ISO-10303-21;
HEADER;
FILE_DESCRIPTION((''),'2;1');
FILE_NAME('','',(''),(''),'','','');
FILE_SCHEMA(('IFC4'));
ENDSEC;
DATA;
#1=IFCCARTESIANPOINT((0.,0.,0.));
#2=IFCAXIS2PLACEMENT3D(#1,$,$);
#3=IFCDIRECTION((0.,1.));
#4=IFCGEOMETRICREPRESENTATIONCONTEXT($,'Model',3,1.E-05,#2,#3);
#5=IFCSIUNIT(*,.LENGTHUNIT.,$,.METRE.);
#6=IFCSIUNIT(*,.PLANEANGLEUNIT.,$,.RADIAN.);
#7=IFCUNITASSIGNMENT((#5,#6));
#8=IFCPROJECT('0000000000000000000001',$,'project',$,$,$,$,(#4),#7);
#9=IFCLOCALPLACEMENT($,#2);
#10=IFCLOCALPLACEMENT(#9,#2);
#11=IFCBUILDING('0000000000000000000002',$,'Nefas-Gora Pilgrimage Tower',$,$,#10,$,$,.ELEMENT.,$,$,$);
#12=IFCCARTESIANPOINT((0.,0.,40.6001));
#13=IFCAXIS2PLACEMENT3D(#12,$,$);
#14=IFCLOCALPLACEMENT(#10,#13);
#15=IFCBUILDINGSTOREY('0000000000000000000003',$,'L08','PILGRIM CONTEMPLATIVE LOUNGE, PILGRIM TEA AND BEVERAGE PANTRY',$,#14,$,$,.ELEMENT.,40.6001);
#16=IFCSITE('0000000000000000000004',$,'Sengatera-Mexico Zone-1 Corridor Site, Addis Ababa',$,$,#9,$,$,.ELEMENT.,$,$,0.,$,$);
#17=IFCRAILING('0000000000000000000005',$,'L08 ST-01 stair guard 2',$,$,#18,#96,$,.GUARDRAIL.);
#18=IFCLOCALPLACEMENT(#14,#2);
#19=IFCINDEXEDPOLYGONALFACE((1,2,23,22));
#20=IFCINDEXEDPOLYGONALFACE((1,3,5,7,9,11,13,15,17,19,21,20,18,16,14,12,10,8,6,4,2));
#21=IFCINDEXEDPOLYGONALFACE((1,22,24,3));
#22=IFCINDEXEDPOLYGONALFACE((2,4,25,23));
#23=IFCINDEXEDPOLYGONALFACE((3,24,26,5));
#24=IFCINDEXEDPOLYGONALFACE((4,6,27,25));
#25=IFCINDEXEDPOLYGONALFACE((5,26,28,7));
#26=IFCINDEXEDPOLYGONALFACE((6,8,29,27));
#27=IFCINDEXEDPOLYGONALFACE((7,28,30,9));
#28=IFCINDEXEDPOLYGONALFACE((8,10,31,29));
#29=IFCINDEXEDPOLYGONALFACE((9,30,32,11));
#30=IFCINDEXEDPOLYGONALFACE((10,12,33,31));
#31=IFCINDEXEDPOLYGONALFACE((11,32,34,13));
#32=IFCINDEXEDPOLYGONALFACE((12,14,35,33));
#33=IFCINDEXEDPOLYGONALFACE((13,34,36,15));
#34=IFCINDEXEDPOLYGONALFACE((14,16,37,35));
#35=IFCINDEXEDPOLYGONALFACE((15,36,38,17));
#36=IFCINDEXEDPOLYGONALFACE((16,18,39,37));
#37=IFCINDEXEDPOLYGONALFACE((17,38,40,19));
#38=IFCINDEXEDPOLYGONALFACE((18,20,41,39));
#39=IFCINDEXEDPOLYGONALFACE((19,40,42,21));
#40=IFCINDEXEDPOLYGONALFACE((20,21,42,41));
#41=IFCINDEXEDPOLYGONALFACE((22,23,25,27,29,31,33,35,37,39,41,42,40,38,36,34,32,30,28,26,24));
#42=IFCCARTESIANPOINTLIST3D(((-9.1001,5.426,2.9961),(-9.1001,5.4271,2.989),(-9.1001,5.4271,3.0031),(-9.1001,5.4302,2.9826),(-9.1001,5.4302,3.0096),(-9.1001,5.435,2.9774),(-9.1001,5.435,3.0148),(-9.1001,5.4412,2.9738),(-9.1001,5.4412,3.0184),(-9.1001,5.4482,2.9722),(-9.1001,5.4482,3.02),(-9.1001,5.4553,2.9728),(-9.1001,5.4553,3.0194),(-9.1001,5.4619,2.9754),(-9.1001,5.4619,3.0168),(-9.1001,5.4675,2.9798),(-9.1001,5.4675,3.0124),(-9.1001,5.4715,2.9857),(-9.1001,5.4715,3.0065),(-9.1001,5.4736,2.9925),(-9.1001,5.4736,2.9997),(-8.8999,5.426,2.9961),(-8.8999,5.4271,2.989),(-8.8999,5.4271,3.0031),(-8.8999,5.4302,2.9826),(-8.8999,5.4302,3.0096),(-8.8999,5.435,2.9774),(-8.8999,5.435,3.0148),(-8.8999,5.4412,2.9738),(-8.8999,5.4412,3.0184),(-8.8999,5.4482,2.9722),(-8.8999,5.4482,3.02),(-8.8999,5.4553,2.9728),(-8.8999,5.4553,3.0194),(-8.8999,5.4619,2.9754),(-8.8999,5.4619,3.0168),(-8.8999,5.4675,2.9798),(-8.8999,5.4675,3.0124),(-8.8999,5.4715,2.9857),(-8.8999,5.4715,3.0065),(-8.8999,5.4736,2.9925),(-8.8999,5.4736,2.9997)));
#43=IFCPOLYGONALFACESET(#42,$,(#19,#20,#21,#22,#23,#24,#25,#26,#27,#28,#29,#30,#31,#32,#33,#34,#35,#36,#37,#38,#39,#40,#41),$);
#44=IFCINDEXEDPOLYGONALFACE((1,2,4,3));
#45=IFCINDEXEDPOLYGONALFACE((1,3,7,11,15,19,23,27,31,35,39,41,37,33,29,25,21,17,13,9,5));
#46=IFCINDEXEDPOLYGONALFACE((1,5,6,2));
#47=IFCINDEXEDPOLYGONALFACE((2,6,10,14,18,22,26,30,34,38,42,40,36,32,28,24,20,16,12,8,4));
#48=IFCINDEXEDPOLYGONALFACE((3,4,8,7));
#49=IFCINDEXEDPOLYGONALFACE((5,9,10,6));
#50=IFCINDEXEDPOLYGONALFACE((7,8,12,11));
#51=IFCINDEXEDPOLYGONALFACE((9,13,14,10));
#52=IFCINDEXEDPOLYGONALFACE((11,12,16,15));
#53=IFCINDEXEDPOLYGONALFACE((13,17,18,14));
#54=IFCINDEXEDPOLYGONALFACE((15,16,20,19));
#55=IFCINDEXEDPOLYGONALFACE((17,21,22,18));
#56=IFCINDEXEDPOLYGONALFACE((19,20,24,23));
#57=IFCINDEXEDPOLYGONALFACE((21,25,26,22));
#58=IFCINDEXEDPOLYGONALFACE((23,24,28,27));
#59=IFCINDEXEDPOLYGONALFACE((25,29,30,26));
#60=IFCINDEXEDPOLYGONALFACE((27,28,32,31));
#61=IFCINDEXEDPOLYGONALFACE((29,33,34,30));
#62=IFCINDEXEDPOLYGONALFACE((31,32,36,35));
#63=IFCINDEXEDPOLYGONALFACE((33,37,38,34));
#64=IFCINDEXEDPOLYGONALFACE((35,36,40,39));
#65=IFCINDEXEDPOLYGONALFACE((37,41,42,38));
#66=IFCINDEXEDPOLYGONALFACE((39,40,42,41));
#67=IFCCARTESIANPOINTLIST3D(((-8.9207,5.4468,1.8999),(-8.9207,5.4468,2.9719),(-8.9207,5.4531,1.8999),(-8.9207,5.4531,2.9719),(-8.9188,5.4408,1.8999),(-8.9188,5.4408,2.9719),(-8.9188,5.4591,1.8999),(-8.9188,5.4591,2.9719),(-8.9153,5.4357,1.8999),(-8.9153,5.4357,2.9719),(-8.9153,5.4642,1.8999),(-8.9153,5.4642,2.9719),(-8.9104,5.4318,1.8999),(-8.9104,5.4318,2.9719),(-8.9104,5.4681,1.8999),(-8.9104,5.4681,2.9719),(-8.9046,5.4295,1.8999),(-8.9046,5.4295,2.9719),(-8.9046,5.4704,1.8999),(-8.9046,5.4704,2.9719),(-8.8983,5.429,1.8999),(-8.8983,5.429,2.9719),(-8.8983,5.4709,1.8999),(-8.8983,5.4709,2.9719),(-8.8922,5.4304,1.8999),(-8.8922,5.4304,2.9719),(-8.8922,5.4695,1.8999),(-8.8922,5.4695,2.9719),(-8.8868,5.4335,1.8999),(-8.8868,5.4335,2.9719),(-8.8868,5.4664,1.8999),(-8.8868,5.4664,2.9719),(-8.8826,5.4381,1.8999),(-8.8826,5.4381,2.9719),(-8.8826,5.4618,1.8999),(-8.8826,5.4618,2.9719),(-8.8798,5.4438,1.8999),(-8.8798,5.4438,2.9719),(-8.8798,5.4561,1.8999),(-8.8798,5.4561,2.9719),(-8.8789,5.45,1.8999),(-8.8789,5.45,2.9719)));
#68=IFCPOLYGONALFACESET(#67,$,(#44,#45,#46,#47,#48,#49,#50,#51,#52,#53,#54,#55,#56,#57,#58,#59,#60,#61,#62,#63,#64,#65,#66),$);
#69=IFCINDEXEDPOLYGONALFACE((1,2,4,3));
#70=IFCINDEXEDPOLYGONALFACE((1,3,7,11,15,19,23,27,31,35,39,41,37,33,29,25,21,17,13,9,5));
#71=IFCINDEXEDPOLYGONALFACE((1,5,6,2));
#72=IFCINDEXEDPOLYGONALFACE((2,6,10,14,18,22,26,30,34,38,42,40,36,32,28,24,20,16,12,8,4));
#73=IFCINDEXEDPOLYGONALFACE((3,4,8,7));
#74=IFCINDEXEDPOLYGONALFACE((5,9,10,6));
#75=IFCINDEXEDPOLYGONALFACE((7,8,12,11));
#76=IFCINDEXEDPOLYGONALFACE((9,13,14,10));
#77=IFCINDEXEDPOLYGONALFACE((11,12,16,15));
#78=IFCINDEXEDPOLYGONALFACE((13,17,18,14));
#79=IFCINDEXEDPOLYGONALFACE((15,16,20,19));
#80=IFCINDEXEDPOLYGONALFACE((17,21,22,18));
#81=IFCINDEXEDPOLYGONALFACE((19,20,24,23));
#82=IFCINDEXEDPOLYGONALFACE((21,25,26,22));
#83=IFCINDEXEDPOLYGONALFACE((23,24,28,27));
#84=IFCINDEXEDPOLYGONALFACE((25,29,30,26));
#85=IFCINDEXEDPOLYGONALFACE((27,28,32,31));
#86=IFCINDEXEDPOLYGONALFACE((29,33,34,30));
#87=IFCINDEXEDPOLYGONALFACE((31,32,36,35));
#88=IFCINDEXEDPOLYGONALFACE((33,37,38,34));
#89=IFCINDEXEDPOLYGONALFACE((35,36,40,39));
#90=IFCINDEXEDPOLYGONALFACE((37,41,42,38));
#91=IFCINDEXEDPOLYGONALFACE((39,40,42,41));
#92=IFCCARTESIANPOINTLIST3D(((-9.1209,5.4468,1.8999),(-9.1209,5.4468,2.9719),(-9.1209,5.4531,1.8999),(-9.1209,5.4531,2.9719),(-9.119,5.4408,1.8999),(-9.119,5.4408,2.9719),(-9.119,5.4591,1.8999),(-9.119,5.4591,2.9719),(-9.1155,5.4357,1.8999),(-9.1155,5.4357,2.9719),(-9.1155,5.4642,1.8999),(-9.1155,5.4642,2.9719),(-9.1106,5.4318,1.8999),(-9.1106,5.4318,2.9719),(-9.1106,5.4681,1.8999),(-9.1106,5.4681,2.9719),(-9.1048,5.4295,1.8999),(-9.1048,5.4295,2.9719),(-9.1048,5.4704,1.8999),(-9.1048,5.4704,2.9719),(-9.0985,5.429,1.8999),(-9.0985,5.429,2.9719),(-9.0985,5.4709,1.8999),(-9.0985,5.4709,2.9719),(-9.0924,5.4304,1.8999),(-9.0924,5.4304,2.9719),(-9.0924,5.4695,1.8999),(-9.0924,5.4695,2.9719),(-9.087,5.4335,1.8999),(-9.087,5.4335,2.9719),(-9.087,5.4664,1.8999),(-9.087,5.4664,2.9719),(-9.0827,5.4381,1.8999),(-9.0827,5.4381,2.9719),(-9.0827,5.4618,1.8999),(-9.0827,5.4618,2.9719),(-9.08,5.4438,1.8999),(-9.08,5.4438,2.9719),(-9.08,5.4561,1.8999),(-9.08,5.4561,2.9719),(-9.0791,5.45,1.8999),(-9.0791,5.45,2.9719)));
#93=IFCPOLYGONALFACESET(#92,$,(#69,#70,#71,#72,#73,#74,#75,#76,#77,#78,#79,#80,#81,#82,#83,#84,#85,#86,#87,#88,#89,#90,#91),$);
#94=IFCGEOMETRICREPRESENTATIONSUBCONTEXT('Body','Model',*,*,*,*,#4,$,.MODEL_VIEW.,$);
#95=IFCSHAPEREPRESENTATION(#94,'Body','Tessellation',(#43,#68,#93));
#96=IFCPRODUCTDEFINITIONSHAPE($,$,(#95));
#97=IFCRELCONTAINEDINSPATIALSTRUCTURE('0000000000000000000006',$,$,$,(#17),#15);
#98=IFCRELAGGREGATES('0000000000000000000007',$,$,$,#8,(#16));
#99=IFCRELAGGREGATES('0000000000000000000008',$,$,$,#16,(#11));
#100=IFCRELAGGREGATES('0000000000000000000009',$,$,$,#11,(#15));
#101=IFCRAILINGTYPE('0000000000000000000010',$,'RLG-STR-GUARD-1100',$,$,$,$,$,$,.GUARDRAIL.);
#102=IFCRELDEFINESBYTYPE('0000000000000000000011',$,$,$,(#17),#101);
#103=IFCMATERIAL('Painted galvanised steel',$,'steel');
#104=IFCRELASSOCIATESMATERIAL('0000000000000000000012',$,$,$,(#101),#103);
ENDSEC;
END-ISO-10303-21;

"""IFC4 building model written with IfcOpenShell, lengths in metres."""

from ifc_helpers import new_model, si_unit, direction, frame, origin, origin_2d, place, context, subcontext, project, spatial, circle, extrude, material, type_object, element, save


model = new_model("IFC4")

# Units and contexts
model_context = context("Model", 3, precision=1e-05, world=origin(), true_north=direction((0.0, 1.0)))
body_context = subcontext(model_context, "Body", "Model", "MODEL_VIEW")
ifc_project = project(units=[si_unit("LENGTHUNIT", "METRE"), si_unit("PLANEANGLEUNIT", "RADIAN")], contexts=[model_context])

# Site, building, storey
site_placement = place(None, origin())
site = spatial("IfcSite", under=ifc_project, at=site_placement, Name="Sengatera-Mexico Zone-1 Corridor Site, Addis Ababa", CompositionType="ELEMENT", RefElevation=0.0)
building_placement = place(site_placement, origin())
building = spatial("IfcBuilding", under=site, at=building_placement, Name="Nefas-Gora Pilgrimage Tower", CompositionType="ELEMENT")
storey_placement = place(building_placement, frame((0.0, 0.0, 40.6001)))
storey = spatial("IfcBuildingStorey", under=building, at=storey_placement, Name="L08", Description="PILGRIM CONTEMPLATIVE LOUNGE, PILGRIM TEA AND BEVERAGE PANTRY", CompositionType="ELEMENT", Elevation=40.6001)

# Railing
ifc_material_1 = material(Name="Painted galvanised steel", Category="steel")
railing_type_1 = type_object("IfcRailingType", Name="RLG-STR-GUARD-1100", PredefinedType="GUARDRAIL", material=ifc_material_1)
railing_1_placement = place(storey_placement, frame((-8.8999, 5.45, 1.8999)))
element("IfcRailing", 1, at=railing_1_placement, inside=storey, type_object=railing_type_1, Name="L08 ST-01 stair guard 2", PredefinedType="GUARDRAIL", context=body_context, shape_type="SweptSolid", body=[
    extrude(circle(Radius=0.0239, at=origin_2d()), frame((0.0, 0.0, 1.0962), z_axis=(-1.0, 0.0, 0.0), x_axis=(0.0, -1.0, 0.0)), (0.0, 0.0, 1.0), 0.2002),
    extrude(circle(Radius=0.021, at=origin_2d()), origin(), (0.0, 0.0, 1.0), 1.072),
    extrude(circle(Radius=0.021, at=origin_2d()), frame((-0.2002, 0.0, 0.0)), (0.0, 0.0, 1.0), 1.072),
])

save(model, "model.ifc")
